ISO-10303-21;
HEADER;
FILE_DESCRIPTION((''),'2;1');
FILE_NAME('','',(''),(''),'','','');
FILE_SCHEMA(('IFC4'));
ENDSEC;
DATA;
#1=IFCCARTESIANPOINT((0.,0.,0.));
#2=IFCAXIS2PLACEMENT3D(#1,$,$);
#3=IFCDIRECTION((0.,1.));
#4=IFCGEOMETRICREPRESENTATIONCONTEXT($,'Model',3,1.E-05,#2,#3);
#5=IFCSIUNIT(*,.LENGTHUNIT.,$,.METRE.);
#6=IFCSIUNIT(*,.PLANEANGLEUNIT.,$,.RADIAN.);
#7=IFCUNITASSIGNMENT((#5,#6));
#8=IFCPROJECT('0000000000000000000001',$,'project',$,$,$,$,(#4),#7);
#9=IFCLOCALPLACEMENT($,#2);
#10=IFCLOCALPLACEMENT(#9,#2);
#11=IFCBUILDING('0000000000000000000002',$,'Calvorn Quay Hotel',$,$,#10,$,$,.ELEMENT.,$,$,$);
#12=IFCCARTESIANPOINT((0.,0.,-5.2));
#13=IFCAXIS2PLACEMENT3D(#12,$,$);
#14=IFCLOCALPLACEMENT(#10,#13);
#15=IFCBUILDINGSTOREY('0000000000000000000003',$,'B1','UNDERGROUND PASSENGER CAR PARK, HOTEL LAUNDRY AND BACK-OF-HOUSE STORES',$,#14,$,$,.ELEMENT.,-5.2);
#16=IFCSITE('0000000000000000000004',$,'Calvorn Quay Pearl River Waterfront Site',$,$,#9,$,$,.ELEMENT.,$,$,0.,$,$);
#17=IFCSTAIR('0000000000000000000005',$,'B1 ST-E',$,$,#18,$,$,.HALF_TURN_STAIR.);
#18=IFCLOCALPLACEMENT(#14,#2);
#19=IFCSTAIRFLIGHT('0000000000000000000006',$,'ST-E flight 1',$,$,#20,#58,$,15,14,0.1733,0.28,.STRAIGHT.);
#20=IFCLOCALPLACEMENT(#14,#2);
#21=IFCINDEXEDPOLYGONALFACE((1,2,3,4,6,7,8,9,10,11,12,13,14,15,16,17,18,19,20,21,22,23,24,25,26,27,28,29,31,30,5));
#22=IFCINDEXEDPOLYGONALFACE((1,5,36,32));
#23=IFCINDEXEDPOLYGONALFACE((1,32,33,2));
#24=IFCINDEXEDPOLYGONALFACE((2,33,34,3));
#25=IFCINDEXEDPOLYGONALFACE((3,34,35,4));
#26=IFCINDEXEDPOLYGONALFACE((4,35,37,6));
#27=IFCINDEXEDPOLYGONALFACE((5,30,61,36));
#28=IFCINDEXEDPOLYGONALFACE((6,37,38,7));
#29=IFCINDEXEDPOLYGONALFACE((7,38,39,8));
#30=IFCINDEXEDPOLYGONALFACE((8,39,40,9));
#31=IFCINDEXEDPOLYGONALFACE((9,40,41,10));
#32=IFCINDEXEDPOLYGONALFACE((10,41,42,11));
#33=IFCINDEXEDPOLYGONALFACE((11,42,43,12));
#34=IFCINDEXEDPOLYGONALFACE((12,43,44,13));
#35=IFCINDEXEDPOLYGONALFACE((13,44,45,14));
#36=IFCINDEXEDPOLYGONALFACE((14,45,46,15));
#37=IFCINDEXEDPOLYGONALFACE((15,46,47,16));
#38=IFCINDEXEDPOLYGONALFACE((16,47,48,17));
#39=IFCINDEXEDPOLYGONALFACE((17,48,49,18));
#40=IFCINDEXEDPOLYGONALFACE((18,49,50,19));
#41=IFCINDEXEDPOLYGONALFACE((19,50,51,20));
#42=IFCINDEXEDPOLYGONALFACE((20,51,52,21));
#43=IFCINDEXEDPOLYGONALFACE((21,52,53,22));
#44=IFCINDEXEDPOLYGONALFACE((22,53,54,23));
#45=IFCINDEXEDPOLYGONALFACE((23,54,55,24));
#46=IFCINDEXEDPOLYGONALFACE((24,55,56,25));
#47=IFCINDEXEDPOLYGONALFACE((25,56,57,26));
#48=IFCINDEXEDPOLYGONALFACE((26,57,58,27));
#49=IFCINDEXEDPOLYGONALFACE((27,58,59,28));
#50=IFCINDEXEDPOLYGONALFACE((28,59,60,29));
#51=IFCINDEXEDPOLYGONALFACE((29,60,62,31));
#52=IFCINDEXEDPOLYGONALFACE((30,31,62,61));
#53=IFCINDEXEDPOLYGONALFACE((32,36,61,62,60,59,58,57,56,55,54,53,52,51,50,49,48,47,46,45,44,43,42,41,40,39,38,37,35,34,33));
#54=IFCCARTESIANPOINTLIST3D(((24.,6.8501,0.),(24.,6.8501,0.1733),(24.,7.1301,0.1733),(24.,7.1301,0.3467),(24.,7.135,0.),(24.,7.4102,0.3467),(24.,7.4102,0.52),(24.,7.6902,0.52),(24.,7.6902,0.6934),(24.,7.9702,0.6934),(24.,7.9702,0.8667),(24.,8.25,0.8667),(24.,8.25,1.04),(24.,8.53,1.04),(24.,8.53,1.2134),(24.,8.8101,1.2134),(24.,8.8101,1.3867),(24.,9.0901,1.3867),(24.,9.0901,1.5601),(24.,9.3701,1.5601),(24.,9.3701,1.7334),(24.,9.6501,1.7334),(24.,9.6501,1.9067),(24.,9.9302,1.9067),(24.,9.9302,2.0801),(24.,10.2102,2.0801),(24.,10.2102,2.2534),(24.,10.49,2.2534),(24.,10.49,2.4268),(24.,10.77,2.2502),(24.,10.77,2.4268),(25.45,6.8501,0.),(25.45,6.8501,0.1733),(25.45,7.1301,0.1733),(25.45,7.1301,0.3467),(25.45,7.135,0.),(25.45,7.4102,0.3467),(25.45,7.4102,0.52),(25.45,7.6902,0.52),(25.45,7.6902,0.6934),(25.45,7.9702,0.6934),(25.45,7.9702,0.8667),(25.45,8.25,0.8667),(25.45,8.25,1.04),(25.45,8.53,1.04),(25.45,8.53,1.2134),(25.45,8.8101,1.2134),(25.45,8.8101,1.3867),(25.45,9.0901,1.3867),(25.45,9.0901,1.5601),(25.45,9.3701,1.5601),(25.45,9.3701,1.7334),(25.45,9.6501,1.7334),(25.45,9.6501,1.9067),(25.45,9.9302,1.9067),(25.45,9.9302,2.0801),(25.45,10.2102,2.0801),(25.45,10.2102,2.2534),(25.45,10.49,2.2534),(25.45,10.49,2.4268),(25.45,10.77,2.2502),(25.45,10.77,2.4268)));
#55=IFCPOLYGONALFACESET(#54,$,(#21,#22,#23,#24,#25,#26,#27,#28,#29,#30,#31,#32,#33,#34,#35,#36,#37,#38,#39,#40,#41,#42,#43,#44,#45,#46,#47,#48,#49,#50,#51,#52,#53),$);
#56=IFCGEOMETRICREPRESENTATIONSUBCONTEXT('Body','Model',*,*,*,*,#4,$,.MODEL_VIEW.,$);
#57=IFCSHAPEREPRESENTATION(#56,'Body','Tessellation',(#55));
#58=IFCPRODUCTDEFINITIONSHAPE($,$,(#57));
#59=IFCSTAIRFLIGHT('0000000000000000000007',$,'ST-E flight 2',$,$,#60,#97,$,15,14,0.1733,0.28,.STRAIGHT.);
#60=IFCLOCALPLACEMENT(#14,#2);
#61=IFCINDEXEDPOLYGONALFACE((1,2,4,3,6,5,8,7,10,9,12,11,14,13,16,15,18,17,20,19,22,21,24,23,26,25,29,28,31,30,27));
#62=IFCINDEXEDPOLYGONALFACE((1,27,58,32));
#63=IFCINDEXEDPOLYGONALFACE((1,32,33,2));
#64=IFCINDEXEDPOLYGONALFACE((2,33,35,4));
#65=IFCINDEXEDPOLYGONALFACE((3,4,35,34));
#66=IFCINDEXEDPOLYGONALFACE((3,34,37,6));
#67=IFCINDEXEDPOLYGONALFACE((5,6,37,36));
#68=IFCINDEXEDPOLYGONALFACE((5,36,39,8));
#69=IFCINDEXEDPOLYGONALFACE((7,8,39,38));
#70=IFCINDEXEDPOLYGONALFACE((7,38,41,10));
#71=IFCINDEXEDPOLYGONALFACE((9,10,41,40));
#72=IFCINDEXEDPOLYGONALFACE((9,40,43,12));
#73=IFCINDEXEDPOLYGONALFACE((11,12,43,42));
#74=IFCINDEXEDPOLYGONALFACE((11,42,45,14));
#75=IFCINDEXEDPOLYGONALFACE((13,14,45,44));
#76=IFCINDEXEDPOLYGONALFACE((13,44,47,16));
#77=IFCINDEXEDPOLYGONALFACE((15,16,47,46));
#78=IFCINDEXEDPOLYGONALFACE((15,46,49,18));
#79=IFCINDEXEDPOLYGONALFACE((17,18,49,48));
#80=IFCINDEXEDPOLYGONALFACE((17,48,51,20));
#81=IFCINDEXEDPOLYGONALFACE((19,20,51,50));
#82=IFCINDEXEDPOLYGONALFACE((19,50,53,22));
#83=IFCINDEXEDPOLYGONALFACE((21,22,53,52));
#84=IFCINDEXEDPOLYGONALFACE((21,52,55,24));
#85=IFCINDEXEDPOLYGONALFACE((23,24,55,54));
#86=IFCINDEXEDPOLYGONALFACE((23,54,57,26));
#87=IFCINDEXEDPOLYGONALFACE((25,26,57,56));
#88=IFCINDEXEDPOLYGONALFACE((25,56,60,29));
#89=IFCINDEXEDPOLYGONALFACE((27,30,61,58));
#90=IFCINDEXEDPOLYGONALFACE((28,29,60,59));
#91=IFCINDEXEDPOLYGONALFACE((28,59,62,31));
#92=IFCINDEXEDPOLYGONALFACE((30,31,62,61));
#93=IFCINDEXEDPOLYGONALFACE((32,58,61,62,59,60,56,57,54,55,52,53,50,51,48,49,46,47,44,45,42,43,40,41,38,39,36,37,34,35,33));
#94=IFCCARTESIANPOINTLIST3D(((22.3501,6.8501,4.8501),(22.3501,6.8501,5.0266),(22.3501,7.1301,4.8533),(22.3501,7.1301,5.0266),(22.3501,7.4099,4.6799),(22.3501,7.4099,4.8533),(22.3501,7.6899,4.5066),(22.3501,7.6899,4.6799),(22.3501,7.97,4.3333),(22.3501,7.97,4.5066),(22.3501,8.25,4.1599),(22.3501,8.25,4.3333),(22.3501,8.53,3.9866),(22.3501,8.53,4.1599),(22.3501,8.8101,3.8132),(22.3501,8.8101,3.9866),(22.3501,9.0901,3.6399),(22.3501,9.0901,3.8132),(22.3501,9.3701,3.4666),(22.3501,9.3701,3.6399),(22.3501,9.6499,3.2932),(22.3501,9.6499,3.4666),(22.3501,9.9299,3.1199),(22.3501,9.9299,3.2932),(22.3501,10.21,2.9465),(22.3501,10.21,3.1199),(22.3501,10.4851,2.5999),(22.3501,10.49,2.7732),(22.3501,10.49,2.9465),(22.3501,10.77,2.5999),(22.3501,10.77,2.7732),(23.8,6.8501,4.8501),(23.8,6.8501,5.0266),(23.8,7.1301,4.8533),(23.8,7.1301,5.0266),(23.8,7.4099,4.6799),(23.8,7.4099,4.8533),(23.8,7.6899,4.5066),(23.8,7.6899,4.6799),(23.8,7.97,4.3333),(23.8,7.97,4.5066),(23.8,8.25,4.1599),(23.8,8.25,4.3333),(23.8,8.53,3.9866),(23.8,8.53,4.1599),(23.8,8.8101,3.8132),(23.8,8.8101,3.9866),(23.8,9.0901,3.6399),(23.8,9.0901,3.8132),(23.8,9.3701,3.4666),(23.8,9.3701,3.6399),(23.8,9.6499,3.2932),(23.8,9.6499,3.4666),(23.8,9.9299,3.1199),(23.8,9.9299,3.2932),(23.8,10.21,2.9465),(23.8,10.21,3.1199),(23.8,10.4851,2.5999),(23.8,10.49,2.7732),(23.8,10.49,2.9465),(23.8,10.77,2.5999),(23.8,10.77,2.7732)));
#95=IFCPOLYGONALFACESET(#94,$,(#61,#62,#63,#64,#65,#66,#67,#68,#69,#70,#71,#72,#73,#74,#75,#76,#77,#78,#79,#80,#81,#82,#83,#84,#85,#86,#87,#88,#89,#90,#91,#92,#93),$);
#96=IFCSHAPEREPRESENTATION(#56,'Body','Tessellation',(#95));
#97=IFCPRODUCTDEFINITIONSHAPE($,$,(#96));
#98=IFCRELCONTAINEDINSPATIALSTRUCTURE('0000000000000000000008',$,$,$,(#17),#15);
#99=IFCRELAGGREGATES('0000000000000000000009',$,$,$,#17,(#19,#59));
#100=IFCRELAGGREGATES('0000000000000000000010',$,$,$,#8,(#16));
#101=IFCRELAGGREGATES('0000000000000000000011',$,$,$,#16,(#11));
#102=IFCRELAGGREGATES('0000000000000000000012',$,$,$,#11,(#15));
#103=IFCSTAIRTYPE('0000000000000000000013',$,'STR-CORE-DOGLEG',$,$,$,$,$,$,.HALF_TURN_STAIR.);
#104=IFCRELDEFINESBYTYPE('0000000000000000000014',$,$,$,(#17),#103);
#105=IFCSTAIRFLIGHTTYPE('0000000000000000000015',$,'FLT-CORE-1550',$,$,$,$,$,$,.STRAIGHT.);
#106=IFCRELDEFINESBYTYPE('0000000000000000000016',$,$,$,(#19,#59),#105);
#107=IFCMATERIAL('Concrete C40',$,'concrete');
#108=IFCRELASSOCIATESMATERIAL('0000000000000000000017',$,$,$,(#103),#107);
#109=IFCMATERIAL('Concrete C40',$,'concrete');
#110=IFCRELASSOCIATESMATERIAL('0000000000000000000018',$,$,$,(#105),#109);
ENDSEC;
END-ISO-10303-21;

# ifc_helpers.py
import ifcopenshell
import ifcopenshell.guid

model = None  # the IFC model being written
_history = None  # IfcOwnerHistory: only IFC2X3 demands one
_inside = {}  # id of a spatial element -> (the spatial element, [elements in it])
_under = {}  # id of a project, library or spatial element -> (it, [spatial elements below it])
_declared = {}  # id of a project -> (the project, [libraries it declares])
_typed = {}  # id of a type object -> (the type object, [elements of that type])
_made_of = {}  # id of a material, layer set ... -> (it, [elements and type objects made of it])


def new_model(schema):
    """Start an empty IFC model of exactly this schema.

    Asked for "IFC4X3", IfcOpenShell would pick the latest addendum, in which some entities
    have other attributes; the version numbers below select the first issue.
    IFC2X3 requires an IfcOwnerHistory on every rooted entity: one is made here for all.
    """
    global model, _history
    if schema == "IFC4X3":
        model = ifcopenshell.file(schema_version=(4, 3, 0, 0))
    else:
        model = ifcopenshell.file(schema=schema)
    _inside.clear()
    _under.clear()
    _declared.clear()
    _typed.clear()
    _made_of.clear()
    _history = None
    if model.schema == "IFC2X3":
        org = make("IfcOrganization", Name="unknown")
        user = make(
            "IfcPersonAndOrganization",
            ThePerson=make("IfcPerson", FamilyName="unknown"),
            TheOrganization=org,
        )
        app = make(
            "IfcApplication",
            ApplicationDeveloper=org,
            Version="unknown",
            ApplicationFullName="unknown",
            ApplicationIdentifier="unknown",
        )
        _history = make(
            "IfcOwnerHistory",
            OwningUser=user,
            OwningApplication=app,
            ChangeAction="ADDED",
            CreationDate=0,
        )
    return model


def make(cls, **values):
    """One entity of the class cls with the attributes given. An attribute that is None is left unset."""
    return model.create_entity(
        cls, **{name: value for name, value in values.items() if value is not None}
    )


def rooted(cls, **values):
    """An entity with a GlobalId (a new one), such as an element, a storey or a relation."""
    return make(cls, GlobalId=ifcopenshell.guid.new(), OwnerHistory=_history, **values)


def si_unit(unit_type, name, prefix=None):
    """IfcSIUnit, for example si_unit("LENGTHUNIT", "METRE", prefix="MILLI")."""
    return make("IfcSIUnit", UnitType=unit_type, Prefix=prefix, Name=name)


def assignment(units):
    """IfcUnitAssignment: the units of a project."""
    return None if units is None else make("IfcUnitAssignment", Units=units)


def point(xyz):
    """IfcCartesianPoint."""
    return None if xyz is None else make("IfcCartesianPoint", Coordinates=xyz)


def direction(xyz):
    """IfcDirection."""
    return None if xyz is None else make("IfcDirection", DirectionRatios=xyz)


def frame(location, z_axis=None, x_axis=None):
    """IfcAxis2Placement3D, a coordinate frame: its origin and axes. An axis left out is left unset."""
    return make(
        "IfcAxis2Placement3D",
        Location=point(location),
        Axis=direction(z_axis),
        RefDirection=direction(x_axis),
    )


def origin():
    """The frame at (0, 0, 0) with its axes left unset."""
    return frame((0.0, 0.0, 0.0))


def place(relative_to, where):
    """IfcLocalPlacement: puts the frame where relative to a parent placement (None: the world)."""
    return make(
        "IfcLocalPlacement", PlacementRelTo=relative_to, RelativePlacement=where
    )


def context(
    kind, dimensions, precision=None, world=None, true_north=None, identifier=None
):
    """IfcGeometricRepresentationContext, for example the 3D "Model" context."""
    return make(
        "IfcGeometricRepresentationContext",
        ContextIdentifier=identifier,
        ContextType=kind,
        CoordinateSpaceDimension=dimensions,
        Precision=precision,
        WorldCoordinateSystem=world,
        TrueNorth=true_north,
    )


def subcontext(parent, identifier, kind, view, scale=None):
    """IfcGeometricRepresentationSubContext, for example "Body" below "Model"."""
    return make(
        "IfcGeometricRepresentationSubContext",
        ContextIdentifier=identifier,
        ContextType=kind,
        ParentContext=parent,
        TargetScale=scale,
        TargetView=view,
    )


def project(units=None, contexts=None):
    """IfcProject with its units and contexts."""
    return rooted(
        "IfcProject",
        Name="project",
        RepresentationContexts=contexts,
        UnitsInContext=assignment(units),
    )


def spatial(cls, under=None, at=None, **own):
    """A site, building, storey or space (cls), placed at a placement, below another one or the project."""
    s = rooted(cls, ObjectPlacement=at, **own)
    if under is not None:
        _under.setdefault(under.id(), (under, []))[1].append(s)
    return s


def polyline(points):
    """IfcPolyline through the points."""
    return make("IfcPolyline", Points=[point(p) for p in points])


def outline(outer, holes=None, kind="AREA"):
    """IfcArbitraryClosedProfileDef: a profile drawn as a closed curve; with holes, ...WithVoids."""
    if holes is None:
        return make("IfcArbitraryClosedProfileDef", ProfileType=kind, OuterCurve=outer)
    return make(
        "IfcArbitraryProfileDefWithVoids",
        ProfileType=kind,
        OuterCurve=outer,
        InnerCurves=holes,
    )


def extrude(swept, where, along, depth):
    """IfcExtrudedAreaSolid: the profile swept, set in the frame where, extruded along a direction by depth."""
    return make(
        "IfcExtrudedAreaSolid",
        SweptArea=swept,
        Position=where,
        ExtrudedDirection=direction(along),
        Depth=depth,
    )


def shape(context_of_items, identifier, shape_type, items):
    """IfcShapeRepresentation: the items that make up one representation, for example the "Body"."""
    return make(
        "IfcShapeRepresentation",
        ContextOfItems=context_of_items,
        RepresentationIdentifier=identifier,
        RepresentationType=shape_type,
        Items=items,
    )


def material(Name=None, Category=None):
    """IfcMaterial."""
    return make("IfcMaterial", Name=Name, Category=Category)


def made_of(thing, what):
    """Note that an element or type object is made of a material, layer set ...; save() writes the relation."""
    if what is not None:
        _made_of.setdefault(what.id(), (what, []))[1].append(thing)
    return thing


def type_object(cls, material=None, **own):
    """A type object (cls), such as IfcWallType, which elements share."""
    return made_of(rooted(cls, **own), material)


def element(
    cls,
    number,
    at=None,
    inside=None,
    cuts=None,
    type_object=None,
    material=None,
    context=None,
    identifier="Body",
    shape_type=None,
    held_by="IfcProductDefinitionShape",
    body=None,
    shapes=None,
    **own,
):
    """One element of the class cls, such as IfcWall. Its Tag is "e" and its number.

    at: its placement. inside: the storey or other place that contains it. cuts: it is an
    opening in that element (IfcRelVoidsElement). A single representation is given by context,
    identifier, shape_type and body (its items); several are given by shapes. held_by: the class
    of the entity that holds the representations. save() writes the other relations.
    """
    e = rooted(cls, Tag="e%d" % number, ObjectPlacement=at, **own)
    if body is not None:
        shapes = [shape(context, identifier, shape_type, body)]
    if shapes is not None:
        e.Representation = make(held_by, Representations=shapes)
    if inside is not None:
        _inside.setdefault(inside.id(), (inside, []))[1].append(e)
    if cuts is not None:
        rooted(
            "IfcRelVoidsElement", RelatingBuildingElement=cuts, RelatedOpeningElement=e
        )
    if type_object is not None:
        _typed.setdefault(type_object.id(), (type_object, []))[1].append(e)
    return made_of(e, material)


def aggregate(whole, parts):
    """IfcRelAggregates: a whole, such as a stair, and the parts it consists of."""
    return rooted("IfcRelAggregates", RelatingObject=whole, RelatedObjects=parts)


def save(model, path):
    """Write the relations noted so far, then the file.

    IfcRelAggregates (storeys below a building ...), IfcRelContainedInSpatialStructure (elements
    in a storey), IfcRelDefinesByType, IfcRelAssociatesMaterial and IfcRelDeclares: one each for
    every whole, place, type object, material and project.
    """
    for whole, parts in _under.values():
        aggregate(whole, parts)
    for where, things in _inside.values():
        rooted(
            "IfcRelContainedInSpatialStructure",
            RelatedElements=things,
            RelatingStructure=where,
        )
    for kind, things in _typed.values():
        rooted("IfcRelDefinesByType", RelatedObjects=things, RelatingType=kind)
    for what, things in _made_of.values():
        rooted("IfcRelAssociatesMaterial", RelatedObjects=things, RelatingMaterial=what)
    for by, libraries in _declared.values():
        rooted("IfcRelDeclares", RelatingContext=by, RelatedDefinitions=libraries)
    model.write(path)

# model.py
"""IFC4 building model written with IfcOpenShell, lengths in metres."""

from ifc_helpers import new_model, si_unit, direction, frame, origin, place, context, subcontext, project, spatial, polyline, outline, extrude, material, type_object, element, aggregate, save


model = new_model("IFC4")

# Units and contexts
model_context = context("Model", 3, precision=1e-05, world=origin(), true_north=direction((0.0, 1.0)))
body_context = subcontext(model_context, "Body", "Model", "MODEL_VIEW")
ifc_project = project(units=[si_unit("LENGTHUNIT", "METRE"), si_unit("PLANEANGLEUNIT", "RADIAN")], contexts=[model_context])

# Site, building, storey
site_placement = place(None, origin())
site = spatial("IfcSite", under=ifc_project, at=site_placement, Name="Calvorn Quay Pearl River Waterfront Site", CompositionType="ELEMENT", RefElevation=0.0)
building_placement = place(site_placement, origin())
building = spatial("IfcBuilding", under=site, at=building_placement, Name="Calvorn Quay Hotel", CompositionType="ELEMENT")
storey_placement = place(building_placement, frame((0.0, 0.0, -5.2)))
storey = spatial("IfcBuildingStorey", under=building, at=storey_placement, Name="B1", Description="UNDERGROUND PASSENGER CAR PARK, HOTEL LAUNDRY AND BACK-OF-HOUSE STORES", CompositionType="ELEMENT", Elevation=-5.2)

# Stair, stair flights
ifc_material_1 = material(Name="Concrete C40", Category="concrete")
stair_type = type_object("IfcStairType", Name="STR-CORE-DOGLEG", PredefinedType="HALF_TURN_STAIR", material=ifc_material_1)
stair_placement = place(storey_placement, origin())
stair = element("IfcStair", 1, at=stair_placement, inside=storey, type_object=stair_type, Name="B1 ST-E", PredefinedType="HALF_TURN_STAIR")
ifc_material_2 = material(Name="Concrete C40", Category="concrete")
stair_flight_type = type_object("IfcStairFlightType", Name="FLT-CORE-1550", PredefinedType="STRAIGHT", material=ifc_material_2)
stair_flight_1_placement = place(storey_placement, frame((24.7251, 6.8501, 0.0), z_axis=(0.0, 0.0, 1.0), x_axis=(0.0, 1.0, 0.0)))
stair_flight_1 = element("IfcStairFlight", 2, at=stair_flight_1_placement, type_object=stair_flight_type, Name="ST-E flight 1", NumberOfRisers=15, NumberOfTreads=14, PredefinedType="STRAIGHT", RiserHeight=0.1733, TreadLength=0.28, context=body_context, shape_type="SweptSolid", body=[
    extrude(outline(polyline([(0.0, 0.0), (0.0, 0.1733), (0.28, 0.1733), (0.28, 0.3467), (0.5601, 0.3467), (0.5601, 0.52), (0.8401, 0.52), (0.8401, 0.6934), (1.1201, 0.6934), (1.1201, 0.8667), (1.3999, 0.8667), (1.3999, 1.04), (1.6799, 1.04), (1.6799, 1.2134), (1.96, 1.2134), (1.96, 1.3867), (2.24, 1.3867), (2.24, 1.5601), (2.52, 1.5601), (2.52, 1.7334), (2.8, 1.7334), (2.8, 1.9067), (3.0801, 1.9067), (3.0801, 2.0801), (3.3601, 2.0801), (3.3601, 2.2534), (3.6399, 2.2534), (3.6399, 2.4268), (3.9199, 2.4268), (3.9199, 2.6001), (3.9199, 2.2502), (0.2849, 0.0), (0.0, 0.0)])), frame((0.0, 0.7251, 0.0), z_axis=(0.0, -1.0, 0.0), x_axis=(1.0, 0.0, 0.0)), (0.0, 0.0, 1.0), 1.45),
])
stair_flight_2_placement = place(storey_placement, frame((23.075, 10.77, 2.5999), z_axis=(0.0, 0.0, 1.0), x_axis=(0.0, -1.0, 0.0)))
stair_flight_2 = element("IfcStairFlight", 3, at=stair_flight_2_placement, type_object=stair_flight_type, Name="ST-E flight 2", NumberOfRisers=15, NumberOfTreads=14, PredefinedType="STRAIGHT", RiserHeight=0.1733, TreadLength=0.28, context=body_context, shape_type="SweptSolid", body=[
    extrude(outline(polyline([(0.0, 0.0), (0.0, 0.1733), (0.28, 0.1733), (0.28, 0.3467), (0.5601, 0.3467), (0.5601, 0.52), (0.8401, 0.52), (0.8401, 0.6934), (1.1201, 0.6934), (1.1201, 0.8667), (1.3999, 0.8667), (1.3999, 1.04), (1.6799, 1.04), (1.6799, 1.2134), (1.96, 1.2134), (1.96, 1.3867), (2.24, 1.3867), (2.24, 1.5601), (2.52, 1.5601), (2.52, 1.7334), (2.8, 1.7334), (2.8, 1.9067), (3.0801, 1.9067), (3.0801, 2.0801), (3.3601, 2.0801), (3.3601, 2.2534), (3.6399, 2.2534), (3.6399, 2.4268), (3.9199, 2.4268), (3.9199, 2.6001), (3.9199, 2.2502), (0.2849, 0.0), (0.0, 0.0)])), frame((0.0, 0.7251, 0.0), z_axis=(0.0, -1.0, 0.0), x_axis=(1.0, 0.0, 0.0)), (0.0, 0.0, 1.0), 1.45),
])
aggregate(stair, [stair_flight_1, stair_flight_2])

save(model, "model.ifc")
